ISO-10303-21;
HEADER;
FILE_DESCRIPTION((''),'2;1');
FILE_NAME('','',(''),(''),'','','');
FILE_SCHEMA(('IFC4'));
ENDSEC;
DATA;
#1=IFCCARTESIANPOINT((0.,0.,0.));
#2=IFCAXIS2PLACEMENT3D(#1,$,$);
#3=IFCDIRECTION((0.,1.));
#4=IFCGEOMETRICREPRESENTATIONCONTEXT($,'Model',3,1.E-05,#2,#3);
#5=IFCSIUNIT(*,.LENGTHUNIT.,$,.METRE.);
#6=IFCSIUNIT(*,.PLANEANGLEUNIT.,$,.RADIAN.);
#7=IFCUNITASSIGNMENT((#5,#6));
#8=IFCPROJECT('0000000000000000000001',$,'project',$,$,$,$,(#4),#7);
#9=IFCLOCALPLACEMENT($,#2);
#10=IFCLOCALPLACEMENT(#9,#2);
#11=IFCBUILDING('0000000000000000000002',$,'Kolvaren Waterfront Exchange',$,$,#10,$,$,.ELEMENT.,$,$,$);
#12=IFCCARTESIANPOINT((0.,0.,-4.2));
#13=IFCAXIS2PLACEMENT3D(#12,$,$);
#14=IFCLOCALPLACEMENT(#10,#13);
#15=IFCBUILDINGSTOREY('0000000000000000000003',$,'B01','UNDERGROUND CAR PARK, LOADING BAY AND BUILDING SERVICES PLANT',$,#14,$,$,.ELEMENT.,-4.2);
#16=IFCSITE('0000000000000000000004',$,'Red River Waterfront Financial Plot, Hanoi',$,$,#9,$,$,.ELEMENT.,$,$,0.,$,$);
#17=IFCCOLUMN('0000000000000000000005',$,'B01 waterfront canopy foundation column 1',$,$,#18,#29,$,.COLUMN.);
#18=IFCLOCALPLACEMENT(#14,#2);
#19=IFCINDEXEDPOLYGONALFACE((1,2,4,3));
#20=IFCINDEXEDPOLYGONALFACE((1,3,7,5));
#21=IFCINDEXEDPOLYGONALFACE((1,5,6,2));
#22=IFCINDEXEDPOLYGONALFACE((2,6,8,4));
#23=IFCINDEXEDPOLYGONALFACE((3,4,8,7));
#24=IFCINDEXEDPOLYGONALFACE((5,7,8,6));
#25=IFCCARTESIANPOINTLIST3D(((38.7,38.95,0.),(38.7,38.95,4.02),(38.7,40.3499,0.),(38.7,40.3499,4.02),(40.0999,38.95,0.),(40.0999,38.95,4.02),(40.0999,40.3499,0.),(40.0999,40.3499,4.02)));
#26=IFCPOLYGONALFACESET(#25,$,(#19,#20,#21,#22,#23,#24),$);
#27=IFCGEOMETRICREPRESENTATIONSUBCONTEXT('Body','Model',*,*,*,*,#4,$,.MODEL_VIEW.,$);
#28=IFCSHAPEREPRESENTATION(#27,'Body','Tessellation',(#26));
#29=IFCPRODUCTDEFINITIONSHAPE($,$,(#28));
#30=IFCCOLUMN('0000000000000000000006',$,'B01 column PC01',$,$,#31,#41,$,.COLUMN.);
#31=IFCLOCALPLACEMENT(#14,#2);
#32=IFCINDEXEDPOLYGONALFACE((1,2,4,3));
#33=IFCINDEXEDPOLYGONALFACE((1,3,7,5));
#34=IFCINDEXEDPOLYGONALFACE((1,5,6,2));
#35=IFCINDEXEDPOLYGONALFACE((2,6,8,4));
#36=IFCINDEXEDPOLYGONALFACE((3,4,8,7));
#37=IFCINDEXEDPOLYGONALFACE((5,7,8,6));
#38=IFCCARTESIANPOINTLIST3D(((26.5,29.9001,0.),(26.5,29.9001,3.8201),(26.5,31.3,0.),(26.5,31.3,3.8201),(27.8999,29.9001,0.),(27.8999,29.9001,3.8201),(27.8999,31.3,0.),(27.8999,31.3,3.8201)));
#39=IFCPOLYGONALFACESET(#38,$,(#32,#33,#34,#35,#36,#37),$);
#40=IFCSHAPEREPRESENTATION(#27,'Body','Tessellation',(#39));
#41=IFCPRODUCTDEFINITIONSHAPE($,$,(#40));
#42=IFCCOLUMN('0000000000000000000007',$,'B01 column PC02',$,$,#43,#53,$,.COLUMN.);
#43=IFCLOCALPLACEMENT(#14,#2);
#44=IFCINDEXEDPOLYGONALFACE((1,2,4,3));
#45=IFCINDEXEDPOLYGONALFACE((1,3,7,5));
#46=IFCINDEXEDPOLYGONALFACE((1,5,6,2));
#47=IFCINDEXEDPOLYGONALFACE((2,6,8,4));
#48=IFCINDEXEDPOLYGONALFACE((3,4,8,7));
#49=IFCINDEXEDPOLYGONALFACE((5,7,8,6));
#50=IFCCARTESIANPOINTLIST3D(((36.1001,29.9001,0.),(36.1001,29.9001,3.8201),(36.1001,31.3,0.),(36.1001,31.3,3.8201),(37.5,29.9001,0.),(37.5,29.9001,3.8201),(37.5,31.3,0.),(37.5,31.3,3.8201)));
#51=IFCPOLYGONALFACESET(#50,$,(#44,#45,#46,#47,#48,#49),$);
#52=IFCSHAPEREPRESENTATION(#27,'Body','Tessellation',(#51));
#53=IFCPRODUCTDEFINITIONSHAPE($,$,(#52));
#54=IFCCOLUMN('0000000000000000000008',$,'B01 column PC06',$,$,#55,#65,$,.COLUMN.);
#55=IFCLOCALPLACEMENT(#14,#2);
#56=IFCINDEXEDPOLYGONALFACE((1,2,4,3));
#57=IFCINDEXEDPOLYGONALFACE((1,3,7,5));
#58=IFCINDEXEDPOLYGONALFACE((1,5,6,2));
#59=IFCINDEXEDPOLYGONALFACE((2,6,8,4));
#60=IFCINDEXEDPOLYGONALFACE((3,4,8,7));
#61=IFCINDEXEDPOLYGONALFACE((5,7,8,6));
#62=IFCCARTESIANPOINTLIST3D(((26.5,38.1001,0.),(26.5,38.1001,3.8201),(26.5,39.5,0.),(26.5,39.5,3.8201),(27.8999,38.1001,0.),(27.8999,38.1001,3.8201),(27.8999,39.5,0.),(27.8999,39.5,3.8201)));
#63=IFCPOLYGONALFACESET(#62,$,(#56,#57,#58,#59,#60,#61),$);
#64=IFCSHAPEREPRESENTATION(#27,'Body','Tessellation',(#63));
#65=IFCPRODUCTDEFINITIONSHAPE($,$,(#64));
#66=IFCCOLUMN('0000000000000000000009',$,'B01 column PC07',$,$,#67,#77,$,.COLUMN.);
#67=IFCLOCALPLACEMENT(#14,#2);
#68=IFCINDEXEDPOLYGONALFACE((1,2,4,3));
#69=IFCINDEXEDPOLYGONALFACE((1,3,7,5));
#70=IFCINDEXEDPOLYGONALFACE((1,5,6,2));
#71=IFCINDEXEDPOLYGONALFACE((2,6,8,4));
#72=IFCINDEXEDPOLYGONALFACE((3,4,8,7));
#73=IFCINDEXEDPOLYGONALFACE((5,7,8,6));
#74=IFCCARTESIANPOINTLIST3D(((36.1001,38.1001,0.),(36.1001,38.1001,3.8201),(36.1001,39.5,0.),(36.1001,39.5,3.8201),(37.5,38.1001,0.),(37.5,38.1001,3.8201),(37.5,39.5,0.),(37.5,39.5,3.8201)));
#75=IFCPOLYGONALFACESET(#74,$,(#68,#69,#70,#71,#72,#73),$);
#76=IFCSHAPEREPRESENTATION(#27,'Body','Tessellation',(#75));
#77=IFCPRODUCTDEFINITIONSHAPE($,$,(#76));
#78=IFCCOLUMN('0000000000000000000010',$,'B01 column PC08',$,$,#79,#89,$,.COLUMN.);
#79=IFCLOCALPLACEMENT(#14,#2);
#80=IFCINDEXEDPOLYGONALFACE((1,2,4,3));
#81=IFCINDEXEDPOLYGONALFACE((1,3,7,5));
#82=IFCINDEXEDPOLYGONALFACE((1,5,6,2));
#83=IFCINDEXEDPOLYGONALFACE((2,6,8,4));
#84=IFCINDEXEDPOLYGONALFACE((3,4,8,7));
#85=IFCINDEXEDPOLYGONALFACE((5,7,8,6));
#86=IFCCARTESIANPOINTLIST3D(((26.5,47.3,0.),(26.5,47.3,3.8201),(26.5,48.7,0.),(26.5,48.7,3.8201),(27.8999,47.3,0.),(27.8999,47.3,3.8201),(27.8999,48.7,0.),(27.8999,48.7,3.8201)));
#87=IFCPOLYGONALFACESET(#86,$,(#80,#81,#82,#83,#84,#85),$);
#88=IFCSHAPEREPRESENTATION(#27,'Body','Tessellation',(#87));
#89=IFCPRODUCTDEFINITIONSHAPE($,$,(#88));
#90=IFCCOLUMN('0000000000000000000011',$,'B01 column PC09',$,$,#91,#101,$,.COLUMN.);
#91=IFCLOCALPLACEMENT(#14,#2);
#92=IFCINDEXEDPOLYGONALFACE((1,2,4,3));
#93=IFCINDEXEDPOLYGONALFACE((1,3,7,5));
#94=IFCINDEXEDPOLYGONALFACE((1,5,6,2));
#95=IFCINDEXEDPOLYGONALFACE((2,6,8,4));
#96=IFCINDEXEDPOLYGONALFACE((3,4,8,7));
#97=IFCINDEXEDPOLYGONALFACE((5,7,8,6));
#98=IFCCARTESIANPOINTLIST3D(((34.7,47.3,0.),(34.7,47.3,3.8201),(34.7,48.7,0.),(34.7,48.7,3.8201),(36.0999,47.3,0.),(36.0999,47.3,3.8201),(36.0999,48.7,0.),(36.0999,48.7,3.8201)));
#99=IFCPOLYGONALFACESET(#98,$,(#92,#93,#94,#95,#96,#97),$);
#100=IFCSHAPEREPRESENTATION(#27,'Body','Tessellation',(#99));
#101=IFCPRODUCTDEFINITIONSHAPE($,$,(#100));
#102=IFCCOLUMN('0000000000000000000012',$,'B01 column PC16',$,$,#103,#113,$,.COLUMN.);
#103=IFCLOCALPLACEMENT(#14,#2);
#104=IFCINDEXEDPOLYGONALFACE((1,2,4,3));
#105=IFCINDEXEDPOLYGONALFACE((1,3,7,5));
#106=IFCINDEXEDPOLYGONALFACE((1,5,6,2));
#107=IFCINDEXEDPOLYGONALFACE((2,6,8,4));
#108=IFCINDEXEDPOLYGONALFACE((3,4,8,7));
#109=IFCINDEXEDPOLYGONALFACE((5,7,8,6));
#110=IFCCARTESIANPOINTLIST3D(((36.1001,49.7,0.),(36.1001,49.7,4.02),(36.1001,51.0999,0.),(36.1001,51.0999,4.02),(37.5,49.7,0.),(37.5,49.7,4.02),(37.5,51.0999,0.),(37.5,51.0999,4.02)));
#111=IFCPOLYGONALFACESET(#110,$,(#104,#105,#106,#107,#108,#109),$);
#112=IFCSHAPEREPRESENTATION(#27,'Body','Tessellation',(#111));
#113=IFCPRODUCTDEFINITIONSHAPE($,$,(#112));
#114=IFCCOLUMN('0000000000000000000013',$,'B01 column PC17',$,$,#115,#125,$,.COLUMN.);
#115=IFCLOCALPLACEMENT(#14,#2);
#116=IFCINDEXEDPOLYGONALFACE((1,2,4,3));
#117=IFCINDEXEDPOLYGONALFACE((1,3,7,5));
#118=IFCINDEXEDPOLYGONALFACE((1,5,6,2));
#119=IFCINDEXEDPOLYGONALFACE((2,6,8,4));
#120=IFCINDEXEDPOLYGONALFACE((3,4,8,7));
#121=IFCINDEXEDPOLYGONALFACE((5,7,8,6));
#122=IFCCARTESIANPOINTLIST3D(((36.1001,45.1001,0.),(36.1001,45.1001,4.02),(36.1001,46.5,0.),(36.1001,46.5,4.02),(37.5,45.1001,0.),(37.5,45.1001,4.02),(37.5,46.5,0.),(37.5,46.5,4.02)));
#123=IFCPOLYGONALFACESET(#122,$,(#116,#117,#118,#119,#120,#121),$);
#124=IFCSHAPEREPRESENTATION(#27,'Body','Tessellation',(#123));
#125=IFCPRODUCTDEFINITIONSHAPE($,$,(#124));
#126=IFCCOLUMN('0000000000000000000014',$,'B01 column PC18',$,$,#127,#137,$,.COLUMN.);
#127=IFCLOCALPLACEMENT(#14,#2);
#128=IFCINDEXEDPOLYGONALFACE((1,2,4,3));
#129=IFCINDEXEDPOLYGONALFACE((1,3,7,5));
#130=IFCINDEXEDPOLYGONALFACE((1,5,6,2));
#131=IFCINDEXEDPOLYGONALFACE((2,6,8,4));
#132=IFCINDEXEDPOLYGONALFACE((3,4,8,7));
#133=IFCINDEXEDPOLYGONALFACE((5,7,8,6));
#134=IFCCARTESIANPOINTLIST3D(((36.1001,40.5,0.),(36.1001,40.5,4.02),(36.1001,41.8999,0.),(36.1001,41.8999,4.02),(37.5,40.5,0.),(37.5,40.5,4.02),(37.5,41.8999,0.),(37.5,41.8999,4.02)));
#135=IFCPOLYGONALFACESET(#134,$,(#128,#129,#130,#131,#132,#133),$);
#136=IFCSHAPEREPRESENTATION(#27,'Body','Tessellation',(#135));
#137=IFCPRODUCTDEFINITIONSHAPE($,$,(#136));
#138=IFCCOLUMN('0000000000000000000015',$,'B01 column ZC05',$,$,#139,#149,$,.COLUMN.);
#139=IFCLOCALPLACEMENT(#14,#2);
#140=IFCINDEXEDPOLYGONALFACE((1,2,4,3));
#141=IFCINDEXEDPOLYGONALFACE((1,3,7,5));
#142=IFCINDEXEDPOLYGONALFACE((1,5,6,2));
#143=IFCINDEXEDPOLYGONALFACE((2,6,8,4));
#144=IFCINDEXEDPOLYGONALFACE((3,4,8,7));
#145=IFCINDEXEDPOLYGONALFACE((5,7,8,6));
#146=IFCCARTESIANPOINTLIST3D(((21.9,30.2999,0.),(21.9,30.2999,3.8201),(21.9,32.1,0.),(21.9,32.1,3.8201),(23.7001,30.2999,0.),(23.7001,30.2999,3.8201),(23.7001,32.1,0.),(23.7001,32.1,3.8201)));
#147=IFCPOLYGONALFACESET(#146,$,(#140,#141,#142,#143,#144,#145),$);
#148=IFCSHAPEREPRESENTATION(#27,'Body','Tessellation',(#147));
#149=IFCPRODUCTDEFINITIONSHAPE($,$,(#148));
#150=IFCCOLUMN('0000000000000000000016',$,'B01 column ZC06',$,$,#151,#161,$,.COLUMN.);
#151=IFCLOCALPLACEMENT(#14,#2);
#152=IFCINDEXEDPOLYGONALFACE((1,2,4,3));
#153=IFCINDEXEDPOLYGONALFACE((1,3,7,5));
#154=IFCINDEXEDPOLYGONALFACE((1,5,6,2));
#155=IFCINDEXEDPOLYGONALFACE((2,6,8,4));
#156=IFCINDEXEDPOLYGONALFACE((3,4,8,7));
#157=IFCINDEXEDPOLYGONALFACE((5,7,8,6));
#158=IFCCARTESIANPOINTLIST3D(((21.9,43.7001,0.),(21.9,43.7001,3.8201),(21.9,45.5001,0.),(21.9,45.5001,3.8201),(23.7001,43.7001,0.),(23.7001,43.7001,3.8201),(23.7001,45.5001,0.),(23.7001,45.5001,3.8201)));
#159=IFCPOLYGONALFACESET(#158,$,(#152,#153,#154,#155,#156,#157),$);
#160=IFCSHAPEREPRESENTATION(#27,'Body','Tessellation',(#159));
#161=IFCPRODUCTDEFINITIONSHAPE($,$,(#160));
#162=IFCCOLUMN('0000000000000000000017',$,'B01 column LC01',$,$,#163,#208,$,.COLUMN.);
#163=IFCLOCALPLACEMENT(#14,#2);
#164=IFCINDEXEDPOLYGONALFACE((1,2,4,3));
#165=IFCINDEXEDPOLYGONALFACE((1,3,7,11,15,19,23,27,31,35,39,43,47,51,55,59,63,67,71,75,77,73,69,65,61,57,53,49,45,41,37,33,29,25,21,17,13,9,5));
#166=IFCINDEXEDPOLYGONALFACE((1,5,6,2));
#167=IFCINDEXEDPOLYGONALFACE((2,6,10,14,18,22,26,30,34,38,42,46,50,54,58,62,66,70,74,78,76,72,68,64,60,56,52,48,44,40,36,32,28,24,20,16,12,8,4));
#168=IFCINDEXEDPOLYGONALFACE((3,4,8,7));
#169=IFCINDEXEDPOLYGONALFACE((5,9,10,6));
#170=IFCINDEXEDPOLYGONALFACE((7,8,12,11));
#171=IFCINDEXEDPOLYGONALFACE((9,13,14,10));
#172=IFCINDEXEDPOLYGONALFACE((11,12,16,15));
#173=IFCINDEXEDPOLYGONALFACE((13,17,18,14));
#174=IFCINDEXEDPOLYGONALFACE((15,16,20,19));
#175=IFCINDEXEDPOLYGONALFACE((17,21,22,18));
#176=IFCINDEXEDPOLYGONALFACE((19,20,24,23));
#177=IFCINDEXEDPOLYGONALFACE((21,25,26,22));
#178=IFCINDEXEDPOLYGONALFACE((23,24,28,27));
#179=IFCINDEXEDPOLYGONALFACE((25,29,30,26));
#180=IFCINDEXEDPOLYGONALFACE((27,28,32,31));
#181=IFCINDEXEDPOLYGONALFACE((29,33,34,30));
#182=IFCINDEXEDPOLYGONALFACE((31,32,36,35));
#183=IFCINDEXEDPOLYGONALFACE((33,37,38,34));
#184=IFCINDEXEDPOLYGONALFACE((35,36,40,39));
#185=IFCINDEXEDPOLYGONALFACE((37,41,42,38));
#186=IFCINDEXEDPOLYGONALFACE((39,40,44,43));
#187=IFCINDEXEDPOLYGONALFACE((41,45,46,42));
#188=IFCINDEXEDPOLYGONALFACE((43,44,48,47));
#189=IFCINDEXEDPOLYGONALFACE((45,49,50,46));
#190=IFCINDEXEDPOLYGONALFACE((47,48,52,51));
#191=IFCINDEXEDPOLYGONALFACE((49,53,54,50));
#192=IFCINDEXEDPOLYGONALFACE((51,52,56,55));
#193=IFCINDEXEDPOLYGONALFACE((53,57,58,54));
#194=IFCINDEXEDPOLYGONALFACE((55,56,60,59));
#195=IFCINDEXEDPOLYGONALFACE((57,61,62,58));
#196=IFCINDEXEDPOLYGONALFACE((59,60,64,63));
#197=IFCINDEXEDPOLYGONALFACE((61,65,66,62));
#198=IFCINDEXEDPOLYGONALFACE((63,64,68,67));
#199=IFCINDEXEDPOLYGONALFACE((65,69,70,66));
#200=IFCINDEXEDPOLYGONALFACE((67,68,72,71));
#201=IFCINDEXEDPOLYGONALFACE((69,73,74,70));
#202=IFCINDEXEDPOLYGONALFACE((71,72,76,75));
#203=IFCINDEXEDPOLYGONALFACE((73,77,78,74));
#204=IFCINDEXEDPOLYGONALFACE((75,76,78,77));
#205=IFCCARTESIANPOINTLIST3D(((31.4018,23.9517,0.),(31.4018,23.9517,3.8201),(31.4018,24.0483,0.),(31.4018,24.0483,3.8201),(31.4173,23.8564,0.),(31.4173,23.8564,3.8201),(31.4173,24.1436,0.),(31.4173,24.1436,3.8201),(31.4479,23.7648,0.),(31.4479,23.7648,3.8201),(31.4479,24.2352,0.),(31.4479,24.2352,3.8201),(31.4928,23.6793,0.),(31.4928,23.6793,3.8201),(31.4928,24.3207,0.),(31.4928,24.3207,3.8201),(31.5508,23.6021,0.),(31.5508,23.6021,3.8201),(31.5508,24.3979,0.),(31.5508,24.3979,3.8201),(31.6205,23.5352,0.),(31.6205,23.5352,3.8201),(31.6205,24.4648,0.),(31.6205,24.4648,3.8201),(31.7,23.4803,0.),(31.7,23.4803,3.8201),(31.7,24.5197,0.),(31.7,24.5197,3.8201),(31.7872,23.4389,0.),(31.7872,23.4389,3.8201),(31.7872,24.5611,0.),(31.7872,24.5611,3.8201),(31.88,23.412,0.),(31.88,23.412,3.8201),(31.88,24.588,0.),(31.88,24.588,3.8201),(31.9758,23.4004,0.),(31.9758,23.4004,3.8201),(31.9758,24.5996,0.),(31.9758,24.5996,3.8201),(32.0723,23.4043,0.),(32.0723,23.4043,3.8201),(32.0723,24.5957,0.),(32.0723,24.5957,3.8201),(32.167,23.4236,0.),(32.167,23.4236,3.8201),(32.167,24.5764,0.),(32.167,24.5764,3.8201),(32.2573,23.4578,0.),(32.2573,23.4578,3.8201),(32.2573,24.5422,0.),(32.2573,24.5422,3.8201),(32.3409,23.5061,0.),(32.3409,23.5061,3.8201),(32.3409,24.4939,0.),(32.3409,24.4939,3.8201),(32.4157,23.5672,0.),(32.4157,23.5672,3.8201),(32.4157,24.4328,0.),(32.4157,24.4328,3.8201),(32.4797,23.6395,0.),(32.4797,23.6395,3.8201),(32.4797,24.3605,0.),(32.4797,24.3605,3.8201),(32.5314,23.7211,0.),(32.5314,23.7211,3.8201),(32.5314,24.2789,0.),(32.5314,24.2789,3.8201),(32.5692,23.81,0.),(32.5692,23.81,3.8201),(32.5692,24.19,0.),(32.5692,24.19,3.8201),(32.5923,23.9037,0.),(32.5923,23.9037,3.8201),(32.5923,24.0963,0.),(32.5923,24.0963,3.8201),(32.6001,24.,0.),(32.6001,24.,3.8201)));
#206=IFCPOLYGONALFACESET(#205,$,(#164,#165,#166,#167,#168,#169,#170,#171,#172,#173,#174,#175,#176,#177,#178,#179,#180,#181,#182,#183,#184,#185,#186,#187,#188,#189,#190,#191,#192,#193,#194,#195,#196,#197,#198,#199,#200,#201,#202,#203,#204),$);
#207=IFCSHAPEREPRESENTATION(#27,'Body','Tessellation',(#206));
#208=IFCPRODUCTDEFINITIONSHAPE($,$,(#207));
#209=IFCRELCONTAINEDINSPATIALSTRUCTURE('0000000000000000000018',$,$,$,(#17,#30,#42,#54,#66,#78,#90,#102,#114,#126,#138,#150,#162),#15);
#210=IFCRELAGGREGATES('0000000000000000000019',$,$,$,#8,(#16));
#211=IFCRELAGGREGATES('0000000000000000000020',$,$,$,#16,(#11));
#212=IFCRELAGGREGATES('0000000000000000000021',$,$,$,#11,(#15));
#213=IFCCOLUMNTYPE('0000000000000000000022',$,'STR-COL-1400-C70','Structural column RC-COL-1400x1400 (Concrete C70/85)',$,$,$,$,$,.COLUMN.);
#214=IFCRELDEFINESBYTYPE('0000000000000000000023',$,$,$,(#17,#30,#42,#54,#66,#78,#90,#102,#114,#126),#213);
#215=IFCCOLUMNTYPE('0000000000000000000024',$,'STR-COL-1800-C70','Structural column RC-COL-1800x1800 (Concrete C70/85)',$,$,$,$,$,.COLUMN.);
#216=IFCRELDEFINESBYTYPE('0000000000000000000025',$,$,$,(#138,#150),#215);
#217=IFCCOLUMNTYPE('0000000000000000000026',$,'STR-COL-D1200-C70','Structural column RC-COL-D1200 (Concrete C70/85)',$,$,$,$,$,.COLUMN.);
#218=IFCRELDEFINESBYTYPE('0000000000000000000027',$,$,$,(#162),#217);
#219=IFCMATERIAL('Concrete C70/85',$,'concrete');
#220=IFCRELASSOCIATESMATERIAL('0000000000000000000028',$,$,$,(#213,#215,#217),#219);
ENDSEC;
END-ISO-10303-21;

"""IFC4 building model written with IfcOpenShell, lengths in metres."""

from ifc_helpers import new_model, si_unit, direction, frame, origin, origin_2d, place, context, subcontext, project, spatial, rectangle, circle, extrude, material, material_profile, profile_set, type_object, element, save


model = new_model("IFC4")

# Units and contexts
model_context = context("Model", 3, precision=1e-05, world=origin(), true_north=direction((0.0, 1.0)))
body_context = subcontext(model_context, "Body", "Model", "MODEL_VIEW")
ifc_project = project(units=[si_unit("LENGTHUNIT", "METRE"), si_unit("PLANEANGLEUNIT", "RADIAN")], contexts=[model_context])

# Site, building, storey
site_placement = place(None, origin())
site = spatial("IfcSite", under=ifc_project, at=site_placement, Name="Red River Waterfront Financial Plot, Hanoi", CompositionType="ELEMENT", RefElevation=0.0)
building_placement = place(site_placement, origin())
building = spatial("IfcBuilding", under=site, at=building_placement, Name="Kolvaren Waterfront Exchange", CompositionType="ELEMENT")
storey_placement = place(building_placement, frame((0.0, 0.0, -4.2)))
storey = spatial("IfcBuildingStorey", under=building, at=storey_placement, Name="B01", Description="UNDERGROUND CAR PARK, LOADING BAY AND BUILDING SERVICES PLANT", CompositionType="ELEMENT", Elevation=-4.2)

# Columns
ifc_material_1 = material(Name="Concrete C70/85", Category="concrete")
ifc_material_profile_1 = material_profile(ifc_material_1, rectangle(XDim=1.3999, YDim=1.3999, at=origin_2d()), Name="RC-COL-1400x1400")
ifc_profile_set_1 = profile_set([ifc_material_profile_1], Name="Concrete C70/85")
column_type_1 = type_object("IfcColumnType", Name="STR-COL-1400-C70", Description="Structural column RC-COL-1400x1400 (Concrete C70/85)", PredefinedType="COLUMN", material=ifc_profile_set_1)
column_1_placement = place(storey_placement, frame((39.3999, 39.6499, 0.0), z_axis=(0.0, 0.0, 1.0), x_axis=(1.0, 0.0, 0.0)))
element("IfcColumn", 1, at=column_1_placement, inside=storey, type_object=column_type_1, Name="B01 waterfront canopy foundation column 1", PredefinedType="COLUMN", context=body_context, shape_type="SweptSolid", body=[
    extrude(rectangle(XDim=1.3999, YDim=1.3999, at=origin_2d()), origin(), (0.0, 0.0, 1.0), 4.02),
])
for number, where, z_axis, x_axis, name in (
    (2, (27.2, 30.6001, 0.0), (0.0, 0.0, 1.0), (1.0, 0.0, 0.0), "B01 column PC01"),
    (3, (36.8, 30.6001, 0.0), (0.0, 0.0, 1.0), (1.0, 0.0, 0.0), "B01 column PC02"),
    (4, (27.2, 38.8, 0.0), (0.0, 0.0, 1.0), (1.0, 0.0, 0.0), "B01 column PC06"),
    (5, (36.8, 38.8, 0.0), (0.0, 0.0, 1.0), (1.0, 0.0, 0.0), "B01 column PC07"),
    (6, (27.2, 48.0, 0.0), (0.0, 0.0, 1.0), (1.0, 0.0, 0.0), "B01 column PC08"),
    (7, (35.3999, 48.0, 0.0), (0.0, 0.0, 1.0), (1.0, 0.0, 0.0), "B01 column PC09"),
):
    element("IfcColumn", number, at=place(storey_placement, frame(where, z_axis=z_axis, x_axis=x_axis)), inside=storey, type_object=column_type_1, Name=name, PredefinedType="COLUMN", context=body_context, shape_type="SweptSolid", body=[
        extrude(rectangle(XDim=1.3999, YDim=1.3999, at=origin_2d()), origin(), (0.0, 0.0, 1.0), 3.8201),
    ])
for number, where, z_axis, x_axis, name in (
    (8, (36.8, 50.3999, 0.0), (0.0, 0.0, 1.0), (1.0, 0.0, 0.0), "B01 column PC16"),
    (9, (36.8, 45.8, 0.0), (0.0, 0.0, 1.0), (1.0, 0.0, 0.0), "B01 column PC17"),
    (10, (36.8, 41.2, 0.0), (0.0, 0.0, 1.0), (1.0, 0.0, 0.0), "B01 column PC18"),
):
    element("IfcColumn", number, at=place(storey_placement, frame(where, z_axis=z_axis, x_axis=x_axis)), inside=storey, type_object=column_type_1, Name=name, PredefinedType="COLUMN", context=body_context, shape_type="SweptSolid", body=[
        extrude(rectangle(XDim=1.3999, YDim=1.3999, at=origin_2d()), origin(), (0.0, 0.0, 1.0), 4.02),
    ])
ifc_material_profile_2 = material_profile(ifc_material_1, rectangle(XDim=1.8, YDim=1.8, at=origin_2d()), Name="RC-COL-1800x1800")
ifc_profile_set_2 = profile_set([ifc_material_profile_2], Name="Concrete C70/85")
column_type_2 = type_object("IfcColumnType", Name="STR-COL-1800-C70", Description="Structural column RC-COL-1800x1800 (Concrete C70/85)", PredefinedType="COLUMN", material=ifc_profile_set_2)
for number, where, z_axis, x_axis, name in (
    (11, (22.8, 31.2, 0.0), (0.0, 0.0, 1.0), (1.0, 0.0, 0.0), "B01 column ZC05"),
    (12, (22.8, 44.6001, 0.0), (0.0, 0.0, 1.0), (1.0, 0.0, 0.0), "B01 column ZC06"),
):
    element("IfcColumn", number, at=place(storey_placement, frame(where, z_axis=z_axis, x_axis=x_axis)), inside=storey, type_object=column_type_2, Name=name, PredefinedType="COLUMN", context=body_context, shape_type="SweptSolid", body=[
        extrude(rectangle(XDim=1.8, YDim=1.8, at=origin_2d()), origin(), (0.0, 0.0, 1.0), 3.8201),
    ])
ifc_material_profile_3 = material_profile(ifc_material_1, circle(Radius=0.6001, at=origin_2d()), Name="RC-COL-D1200")
ifc_profile_set_3 = profile_set([ifc_material_profile_3], Name="Concrete C70/85")
column_type_3 = type_object("IfcColumnType", Name="STR-COL-D1200-C70", Description="Structural column RC-COL-D1200 (Concrete C70/85)", PredefinedType="COLUMN", material=ifc_profile_set_3)
column_2_placement = place(storey_placement, frame((32.0, 24.0, 0.0), z_axis=(0.0, 0.0, 1.0), x_axis=(1.0, 0.0, 0.0)))
element("IfcColumn", 13, at=column_2_placement, inside=storey, type_object=column_type_3, Name="B01 column LC01", PredefinedType="COLUMN", context=body_context, shape_type="SweptSolid", body=[
    extrude(circle(Radius=0.6001, at=origin_2d()), origin(), (0.0, 0.0, 1.0), 3.8201),
])

save(model, "model.ifc")
